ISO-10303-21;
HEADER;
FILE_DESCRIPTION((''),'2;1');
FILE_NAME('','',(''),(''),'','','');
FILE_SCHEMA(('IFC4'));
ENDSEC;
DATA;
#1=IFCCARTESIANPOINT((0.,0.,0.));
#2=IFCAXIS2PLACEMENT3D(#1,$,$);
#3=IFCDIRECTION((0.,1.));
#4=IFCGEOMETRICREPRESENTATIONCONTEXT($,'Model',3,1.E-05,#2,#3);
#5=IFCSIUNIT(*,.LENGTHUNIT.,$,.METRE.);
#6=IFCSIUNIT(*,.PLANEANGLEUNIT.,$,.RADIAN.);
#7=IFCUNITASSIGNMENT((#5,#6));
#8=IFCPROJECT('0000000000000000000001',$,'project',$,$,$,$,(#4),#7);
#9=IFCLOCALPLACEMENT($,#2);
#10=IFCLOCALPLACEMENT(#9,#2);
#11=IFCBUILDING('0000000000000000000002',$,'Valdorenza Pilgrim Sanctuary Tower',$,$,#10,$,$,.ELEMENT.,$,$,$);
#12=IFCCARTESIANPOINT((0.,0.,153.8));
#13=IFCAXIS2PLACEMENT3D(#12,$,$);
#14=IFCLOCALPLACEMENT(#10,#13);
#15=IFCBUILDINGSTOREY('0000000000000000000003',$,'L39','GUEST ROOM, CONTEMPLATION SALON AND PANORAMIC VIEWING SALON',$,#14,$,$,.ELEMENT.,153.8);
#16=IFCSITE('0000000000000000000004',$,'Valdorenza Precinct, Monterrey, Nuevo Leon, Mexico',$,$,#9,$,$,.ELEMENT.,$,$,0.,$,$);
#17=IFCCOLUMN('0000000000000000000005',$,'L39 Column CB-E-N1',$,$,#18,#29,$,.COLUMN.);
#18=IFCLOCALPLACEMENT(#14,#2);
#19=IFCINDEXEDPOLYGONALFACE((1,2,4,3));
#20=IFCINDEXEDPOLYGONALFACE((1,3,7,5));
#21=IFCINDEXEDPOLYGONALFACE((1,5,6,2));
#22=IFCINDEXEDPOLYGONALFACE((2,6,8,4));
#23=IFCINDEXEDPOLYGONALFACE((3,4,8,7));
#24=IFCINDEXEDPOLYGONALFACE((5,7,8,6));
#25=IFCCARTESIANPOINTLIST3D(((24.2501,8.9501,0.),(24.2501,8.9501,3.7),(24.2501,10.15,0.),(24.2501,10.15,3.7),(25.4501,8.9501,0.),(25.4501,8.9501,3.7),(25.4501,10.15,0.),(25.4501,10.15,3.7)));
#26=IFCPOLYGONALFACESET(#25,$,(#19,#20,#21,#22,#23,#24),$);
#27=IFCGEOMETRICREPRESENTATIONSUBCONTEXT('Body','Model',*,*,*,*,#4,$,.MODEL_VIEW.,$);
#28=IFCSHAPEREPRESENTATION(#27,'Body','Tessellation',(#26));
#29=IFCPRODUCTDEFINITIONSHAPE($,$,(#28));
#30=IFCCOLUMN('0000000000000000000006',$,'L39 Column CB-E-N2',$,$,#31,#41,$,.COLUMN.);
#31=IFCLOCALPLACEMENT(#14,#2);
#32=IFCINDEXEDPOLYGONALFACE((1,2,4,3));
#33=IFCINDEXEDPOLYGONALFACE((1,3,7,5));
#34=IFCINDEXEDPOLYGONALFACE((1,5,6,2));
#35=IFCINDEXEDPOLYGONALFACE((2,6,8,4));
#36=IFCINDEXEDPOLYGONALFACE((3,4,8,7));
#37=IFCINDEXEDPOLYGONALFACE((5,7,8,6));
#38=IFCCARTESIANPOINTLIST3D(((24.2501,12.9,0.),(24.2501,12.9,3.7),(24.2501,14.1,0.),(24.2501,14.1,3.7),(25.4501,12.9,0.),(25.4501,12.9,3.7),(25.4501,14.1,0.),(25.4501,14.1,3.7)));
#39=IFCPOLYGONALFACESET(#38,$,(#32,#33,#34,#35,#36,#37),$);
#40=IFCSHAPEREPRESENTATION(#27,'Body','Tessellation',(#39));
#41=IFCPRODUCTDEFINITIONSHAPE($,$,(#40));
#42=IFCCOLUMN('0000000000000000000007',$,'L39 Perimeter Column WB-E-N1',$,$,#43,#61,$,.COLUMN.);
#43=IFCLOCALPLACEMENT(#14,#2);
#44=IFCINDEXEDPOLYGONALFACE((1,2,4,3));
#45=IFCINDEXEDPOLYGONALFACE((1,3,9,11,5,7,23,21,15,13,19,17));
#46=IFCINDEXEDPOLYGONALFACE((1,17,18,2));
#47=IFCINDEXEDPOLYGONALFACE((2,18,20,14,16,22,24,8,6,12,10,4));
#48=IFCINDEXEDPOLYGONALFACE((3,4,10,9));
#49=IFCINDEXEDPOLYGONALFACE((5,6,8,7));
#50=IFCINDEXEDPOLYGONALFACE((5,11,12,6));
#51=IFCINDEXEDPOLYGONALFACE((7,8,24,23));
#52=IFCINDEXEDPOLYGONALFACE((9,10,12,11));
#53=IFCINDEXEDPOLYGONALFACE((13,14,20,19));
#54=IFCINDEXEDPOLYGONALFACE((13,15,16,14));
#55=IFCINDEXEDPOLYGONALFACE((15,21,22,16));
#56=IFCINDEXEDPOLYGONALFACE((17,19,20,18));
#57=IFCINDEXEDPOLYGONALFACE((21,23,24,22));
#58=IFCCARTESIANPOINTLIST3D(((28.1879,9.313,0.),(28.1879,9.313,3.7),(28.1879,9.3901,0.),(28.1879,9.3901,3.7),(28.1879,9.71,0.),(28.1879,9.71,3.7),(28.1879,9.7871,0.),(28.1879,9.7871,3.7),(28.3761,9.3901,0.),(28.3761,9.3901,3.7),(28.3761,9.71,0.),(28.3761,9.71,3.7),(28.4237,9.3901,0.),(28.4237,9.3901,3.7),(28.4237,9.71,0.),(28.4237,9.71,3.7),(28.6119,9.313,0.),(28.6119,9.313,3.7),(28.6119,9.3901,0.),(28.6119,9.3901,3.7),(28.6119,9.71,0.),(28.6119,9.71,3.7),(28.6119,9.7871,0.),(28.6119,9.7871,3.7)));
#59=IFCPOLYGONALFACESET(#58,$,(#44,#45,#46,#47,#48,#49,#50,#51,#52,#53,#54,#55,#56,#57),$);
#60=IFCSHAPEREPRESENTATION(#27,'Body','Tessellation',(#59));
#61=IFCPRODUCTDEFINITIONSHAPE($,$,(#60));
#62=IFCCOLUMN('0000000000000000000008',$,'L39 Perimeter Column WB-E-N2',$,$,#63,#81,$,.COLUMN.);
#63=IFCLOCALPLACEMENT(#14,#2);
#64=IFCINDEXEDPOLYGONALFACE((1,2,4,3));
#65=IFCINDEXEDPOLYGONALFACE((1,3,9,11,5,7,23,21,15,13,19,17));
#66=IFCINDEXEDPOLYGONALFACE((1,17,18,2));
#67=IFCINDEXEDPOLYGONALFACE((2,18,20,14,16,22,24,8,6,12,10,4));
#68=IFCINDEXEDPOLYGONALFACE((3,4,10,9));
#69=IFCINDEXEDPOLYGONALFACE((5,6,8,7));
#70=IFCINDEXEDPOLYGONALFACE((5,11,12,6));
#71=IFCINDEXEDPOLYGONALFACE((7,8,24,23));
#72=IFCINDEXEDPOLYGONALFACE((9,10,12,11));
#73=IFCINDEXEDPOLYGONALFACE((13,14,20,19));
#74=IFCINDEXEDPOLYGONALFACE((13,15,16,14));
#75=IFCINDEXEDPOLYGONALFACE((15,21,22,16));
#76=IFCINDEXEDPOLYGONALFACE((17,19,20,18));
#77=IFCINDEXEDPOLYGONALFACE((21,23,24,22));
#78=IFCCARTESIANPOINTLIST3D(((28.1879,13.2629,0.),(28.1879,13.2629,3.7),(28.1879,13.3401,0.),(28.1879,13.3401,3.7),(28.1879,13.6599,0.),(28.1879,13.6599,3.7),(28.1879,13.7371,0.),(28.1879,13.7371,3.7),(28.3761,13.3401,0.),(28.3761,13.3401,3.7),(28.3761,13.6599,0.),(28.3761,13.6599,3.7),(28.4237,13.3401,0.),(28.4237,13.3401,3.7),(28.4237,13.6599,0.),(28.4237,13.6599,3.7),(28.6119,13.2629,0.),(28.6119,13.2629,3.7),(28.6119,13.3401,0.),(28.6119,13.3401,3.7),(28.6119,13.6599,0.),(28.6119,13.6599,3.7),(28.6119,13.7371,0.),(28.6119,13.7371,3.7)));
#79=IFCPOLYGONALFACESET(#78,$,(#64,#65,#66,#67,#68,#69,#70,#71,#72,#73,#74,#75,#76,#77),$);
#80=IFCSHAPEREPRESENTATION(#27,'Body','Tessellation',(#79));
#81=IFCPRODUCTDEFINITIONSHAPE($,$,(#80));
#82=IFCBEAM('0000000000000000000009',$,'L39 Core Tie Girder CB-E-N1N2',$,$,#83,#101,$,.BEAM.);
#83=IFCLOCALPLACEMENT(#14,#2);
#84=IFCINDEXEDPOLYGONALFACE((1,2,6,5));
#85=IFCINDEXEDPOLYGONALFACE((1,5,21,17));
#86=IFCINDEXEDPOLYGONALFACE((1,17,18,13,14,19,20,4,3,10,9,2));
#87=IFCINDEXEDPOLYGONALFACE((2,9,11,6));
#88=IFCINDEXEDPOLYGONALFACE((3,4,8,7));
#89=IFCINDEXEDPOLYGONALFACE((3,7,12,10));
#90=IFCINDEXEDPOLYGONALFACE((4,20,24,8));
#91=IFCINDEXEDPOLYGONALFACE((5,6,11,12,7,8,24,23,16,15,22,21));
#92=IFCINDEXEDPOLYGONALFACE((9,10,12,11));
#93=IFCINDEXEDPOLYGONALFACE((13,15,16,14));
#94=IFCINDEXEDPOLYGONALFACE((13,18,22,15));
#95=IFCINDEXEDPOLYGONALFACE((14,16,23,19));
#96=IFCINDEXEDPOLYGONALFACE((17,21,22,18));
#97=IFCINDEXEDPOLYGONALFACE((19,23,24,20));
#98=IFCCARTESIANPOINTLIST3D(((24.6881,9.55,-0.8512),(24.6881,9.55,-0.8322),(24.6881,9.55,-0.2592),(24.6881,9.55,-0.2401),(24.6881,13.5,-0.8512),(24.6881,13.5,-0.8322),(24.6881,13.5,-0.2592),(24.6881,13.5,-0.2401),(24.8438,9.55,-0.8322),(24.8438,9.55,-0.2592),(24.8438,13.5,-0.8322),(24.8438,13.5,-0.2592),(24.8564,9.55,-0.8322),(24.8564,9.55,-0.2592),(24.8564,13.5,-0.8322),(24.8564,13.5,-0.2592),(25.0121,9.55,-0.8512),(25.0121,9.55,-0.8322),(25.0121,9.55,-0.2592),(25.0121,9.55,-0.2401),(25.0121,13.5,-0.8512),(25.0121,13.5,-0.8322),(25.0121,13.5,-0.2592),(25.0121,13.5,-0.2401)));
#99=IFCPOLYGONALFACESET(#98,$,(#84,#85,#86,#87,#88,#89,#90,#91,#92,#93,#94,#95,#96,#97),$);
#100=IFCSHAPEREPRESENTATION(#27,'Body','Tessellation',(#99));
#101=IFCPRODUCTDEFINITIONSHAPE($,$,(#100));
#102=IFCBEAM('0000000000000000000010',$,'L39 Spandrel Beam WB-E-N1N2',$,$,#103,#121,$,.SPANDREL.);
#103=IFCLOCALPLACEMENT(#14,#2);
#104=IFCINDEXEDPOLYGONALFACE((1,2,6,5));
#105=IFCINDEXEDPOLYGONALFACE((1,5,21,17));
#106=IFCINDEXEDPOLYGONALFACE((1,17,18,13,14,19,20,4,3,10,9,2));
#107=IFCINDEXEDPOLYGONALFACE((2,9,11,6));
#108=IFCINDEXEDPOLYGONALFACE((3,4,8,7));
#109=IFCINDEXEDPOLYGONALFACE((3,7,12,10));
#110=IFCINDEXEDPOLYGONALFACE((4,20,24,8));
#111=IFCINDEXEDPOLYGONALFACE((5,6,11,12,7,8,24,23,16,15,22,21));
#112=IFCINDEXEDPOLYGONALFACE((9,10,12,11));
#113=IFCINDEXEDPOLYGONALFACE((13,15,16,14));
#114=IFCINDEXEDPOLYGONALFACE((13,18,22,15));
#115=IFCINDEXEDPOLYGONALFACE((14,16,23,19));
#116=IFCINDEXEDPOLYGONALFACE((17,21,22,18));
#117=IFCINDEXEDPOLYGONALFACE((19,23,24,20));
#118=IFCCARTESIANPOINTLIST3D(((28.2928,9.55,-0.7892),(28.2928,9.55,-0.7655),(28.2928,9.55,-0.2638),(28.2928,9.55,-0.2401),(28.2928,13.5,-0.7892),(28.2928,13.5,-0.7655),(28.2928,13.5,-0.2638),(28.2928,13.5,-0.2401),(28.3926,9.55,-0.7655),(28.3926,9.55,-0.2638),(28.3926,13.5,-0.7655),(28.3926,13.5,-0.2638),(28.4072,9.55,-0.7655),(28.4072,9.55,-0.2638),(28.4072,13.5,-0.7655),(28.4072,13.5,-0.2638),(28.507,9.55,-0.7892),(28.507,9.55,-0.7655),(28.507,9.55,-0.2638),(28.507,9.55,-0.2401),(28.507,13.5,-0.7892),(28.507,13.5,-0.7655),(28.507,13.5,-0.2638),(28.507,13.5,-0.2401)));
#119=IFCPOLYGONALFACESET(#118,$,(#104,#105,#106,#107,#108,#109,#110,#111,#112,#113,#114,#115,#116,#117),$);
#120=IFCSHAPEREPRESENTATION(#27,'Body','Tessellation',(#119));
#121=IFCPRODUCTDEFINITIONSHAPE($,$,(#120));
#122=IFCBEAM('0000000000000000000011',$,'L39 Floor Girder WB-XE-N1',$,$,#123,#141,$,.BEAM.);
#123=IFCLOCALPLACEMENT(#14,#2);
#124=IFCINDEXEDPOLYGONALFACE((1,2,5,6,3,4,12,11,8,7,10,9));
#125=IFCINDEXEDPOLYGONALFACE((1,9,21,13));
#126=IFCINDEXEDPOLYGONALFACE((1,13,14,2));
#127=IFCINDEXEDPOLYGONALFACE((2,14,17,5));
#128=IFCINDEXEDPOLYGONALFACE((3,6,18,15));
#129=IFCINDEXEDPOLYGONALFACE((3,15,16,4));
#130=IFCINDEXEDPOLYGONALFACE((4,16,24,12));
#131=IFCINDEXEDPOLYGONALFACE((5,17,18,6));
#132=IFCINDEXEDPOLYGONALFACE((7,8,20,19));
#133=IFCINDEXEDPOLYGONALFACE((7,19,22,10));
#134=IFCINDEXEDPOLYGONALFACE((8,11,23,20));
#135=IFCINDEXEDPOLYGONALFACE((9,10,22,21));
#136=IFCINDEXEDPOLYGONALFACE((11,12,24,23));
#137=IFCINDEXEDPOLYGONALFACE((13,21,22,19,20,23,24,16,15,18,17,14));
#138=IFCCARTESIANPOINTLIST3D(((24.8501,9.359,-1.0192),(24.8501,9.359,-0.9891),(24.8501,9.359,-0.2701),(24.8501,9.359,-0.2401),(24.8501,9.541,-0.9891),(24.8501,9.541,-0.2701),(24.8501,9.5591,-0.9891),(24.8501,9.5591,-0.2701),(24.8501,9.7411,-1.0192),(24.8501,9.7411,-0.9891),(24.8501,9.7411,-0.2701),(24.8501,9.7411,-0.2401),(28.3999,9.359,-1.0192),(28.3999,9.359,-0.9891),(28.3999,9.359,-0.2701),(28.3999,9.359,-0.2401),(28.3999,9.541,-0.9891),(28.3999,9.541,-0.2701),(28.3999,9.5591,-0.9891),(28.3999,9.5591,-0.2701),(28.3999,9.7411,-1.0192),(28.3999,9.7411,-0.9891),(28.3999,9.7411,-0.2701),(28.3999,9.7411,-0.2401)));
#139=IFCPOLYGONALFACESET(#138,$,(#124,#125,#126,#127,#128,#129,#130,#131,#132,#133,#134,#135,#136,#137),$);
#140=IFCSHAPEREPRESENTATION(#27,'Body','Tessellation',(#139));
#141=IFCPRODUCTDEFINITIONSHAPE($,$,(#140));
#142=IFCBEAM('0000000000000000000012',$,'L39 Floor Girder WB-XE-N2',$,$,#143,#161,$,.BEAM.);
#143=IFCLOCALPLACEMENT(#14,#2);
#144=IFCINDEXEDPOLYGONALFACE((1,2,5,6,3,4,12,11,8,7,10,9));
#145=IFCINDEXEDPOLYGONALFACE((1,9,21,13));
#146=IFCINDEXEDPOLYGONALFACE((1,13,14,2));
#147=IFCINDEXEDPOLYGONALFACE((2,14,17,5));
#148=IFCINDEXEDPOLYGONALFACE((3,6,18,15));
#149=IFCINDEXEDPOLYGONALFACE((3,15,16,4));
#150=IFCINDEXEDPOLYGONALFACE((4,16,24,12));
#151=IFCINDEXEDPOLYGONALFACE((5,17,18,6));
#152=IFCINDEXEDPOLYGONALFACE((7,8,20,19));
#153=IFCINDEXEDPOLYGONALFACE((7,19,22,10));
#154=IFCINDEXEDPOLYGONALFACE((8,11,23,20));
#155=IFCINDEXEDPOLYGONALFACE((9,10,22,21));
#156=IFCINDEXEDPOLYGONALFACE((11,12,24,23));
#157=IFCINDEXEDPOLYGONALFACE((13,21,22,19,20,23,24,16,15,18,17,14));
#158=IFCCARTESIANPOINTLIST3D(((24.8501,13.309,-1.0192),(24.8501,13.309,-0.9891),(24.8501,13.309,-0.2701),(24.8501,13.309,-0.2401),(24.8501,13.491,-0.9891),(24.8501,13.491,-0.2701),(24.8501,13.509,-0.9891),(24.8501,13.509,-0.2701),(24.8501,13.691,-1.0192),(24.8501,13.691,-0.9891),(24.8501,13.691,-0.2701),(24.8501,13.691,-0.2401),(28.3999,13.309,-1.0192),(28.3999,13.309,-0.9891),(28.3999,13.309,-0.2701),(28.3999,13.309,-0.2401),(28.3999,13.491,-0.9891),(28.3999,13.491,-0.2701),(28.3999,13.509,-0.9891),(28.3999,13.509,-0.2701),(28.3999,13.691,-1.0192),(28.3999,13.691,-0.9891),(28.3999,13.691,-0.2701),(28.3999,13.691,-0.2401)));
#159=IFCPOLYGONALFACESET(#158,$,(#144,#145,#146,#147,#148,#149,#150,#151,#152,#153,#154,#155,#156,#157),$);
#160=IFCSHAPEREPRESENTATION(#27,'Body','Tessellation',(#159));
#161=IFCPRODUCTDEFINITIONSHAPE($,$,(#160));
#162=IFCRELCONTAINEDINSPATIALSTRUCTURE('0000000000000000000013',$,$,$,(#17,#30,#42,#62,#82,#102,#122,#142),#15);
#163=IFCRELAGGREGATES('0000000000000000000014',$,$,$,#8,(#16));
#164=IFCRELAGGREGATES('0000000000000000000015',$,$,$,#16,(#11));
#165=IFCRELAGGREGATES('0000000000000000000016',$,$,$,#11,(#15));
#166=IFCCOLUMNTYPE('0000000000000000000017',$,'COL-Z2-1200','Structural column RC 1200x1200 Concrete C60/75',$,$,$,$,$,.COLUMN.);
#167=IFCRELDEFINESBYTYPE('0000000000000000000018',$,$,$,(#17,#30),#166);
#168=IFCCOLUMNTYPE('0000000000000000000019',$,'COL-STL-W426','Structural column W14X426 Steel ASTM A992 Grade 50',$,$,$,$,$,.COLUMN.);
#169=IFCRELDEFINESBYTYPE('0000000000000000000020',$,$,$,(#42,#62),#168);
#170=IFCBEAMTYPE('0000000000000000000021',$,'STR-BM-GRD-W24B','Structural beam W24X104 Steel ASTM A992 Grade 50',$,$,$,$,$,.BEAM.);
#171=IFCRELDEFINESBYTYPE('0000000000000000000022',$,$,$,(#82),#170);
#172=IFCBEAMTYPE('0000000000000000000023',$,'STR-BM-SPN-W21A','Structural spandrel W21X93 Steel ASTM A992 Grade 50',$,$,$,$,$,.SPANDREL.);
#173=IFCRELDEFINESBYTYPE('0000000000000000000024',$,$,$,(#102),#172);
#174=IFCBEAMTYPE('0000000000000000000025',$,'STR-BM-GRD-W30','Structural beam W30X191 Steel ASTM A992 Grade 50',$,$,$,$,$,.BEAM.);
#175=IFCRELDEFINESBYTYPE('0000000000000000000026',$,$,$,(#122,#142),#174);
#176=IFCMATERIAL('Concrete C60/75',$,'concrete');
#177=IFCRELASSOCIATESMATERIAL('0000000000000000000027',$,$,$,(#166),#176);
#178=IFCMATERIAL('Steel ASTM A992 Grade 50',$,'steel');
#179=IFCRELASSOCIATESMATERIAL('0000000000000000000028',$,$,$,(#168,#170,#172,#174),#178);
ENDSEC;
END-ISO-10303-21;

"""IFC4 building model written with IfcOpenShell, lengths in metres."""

from ifc_helpers import new_model, si_unit, direction, frame, origin, origin_2d, place, context, subcontext, project, spatial, rectangle, i_section, extrude, source, transform, mapped, material, material_profile, profile_set, type_object, element, save


model = new_model("IFC4")

# Units and contexts
model_context = context("Model", 3, precision=1e-05, world=origin(), true_north=direction((0.0, 1.0)))
body_context = subcontext(model_context, "Body", "Model", "MODEL_VIEW")
ifc_project = project(units=[si_unit("LENGTHUNIT", "METRE"), si_unit("PLANEANGLEUNIT", "RADIAN")], contexts=[model_context])

# Site, building, storey
site_placement = place(None, origin())
site = spatial("IfcSite", under=ifc_project, at=site_placement, Name="Valdorenza Precinct, Monterrey, Nuevo Leon, Mexico", CompositionType="ELEMENT", RefElevation=0.0)
building_placement = place(site_placement, origin())
building = spatial("IfcBuilding", under=site, at=building_placement, Name="Valdorenza Pilgrim Sanctuary Tower", CompositionType="ELEMENT")
storey_placement = place(building_placement, frame((0.0, 0.0, 153.8)))
storey = spatial("IfcBuildingStorey", under=building, at=storey_placement, Name="L39", Description="GUEST ROOM, CONTEMPLATION SALON AND PANORAMIC VIEWING SALON", CompositionType="ELEMENT", Elevation=153.8)

# Columns
ifc_material_1 = material(Name="Concrete C60/75", Category="concrete")
ifc_material_profile_1 = material_profile(ifc_material_1, rectangle(XDim=1.2, YDim=1.2, at=origin_2d()), Name="RC 1200x1200")
ifc_profile_set_1 = profile_set([ifc_material_profile_1], Name="Concrete C60/75")
column_type_1 = type_object("IfcColumnType", Name="COL-Z2-1200", Description="Structural column RC 1200x1200 Concrete C60/75", PredefinedType="COLUMN", material=ifc_profile_set_1)
shared_shape_1 = source(origin(), body_context, "Body", "SweptSolid", [
    extrude(rectangle(XDim=1.2, YDim=1.2, at=origin_2d()), origin(), (0.0, 0.0, 1.0), 3.7),
])
for number, where, z_axis, x_axis, name in (
    (1, (24.8501, 9.55, 0.0), (0.0, 0.0, 1.0), (1.0, 0.0, 0.0), "L39 Column CB-E-N1"),
    (2, (24.8501, 13.5, 0.0), (0.0, 0.0, 1.0), (1.0, 0.0, 0.0), "L39 Column CB-E-N2"),
):
    element("IfcColumn", number, at=place(storey_placement, frame(where, z_axis=z_axis, x_axis=x_axis)), inside=storey, type_object=column_type_1, Name=name, PredefinedType="COLUMN", context=body_context, shape_type="MappedRepresentation", body=[
        mapped(shared_shape_1, transform((0.0, 0.0, 0.0), x_axis=(1.0, 0.0, 0.0), y_axis=(0.0, 1.0, 0.0), z_axis=(0.0, 0.0, 1.0), scale=1.0)),
    ])
ifc_material_2 = material(Name="Steel ASTM A992 Grade 50", Category="steel")
ifc_material_profile_2 = material_profile(ifc_material_2, i_section(OverallWidth=0.4241, OverallDepth=0.4741, WebThickness=0.0476, FlangeThickness=0.0771, at=origin_2d()), Name="W14X426")
ifc_profile_set_2 = profile_set([ifc_material_profile_2], Name="Steel ASTM A992 Grade 50")
column_type_2 = type_object("IfcColumnType", Name="COL-STL-W426", Description="Structural column W14X426 Steel ASTM A992 Grade 50", PredefinedType="COLUMN", material=ifc_profile_set_2)
shared_shape_2 = source(origin(), body_context, "Body", "SweptSolid", [
    extrude(i_section(OverallWidth=0.4241, OverallDepth=0.4741, WebThickness=0.0476, FlangeThickness=0.0771, at=origin_2d()), origin(), (0.0, 0.0, 1.0), 3.7),
])
for number, where, z_axis, x_axis, name in (
    (3, (28.3999, 9.55, 0.0), (0.0, 0.0, 1.0), (1.0, 0.0, 0.0), "L39 Perimeter Column WB-E-N1"),
    (4, (28.3999, 13.5, 0.0), (0.0, 0.0, 1.0), (1.0, 0.0, 0.0), "L39 Perimeter Column WB-E-N2"),
):
    element("IfcColumn", number, at=place(storey_placement, frame(where, z_axis=z_axis, x_axis=x_axis)), inside=storey, type_object=column_type_2, Name=name, PredefinedType="COLUMN", context=body_context, shape_type="MappedRepresentation", body=[
        mapped(shared_shape_2, transform((0.0, 0.0, 0.0), x_axis=(1.0, 0.0, 0.0), y_axis=(0.0, 1.0, 0.0), z_axis=(0.0, 0.0, 1.0), scale=1.0)),
    ])

# Beams
ifc_material_profile_3 = material_profile(ifc_material_2, i_section(OverallWidth=0.324, OverallDepth=0.6111, WebThickness=0.0127, FlangeThickness=0.019, at=origin_2d()), Name="W24X104")
ifc_profile_set_3 = profile_set([ifc_material_profile_3], Name="Steel ASTM A992 Grade 50")
beam_type_1 = type_object("IfcBeamType", Name="STR-BM-GRD-W24B", Description="Structural beam W24X104 Steel ASTM A992 Grade 50", PredefinedType="BEAM", material=ifc_profile_set_3)
shared_shape_3 = source(origin(), body_context, "Body", "SweptSolid", [
    extrude(i_section(OverallWidth=0.324, OverallDepth=0.6111, WebThickness=0.0127, FlangeThickness=0.019, at=origin_2d()), origin(), (0.0, 0.0, 1.0), 3.95),
])
beam_1_placement = place(storey_placement, frame((24.8501, 9.55, -0.5457), z_axis=(0.0, 1.0, 0.0), x_axis=(-1.0, 0.0, 0.0)))
element("IfcBeam", 5, at=beam_1_placement, inside=storey, type_object=beam_type_1, Name="L39 Core Tie Girder CB-E-N1N2", PredefinedType="BEAM", context=body_context, shape_type="MappedRepresentation", body=[
    mapped(shared_shape_3, transform((0.0, 0.0, 0.0), x_axis=(1.0, 0.0, 0.0), y_axis=(0.0, 1.0, 0.0), z_axis=(0.0, 0.0, 1.0), scale=1.0)),
])
ifc_material_profile_4 = material_profile(ifc_material_2, i_section(OverallWidth=0.2141, OverallDepth=0.5491, WebThickness=0.0146, FlangeThickness=0.0237, at=origin_2d()), Name="W21X93")
ifc_profile_set_4 = profile_set([ifc_material_profile_4], Name="Steel ASTM A992 Grade 50")
beam_type_2 = type_object("IfcBeamType", Name="STR-BM-SPN-W21A", Description="Structural spandrel W21X93 Steel ASTM A992 Grade 50", PredefinedType="SPANDREL", material=ifc_profile_set_4)
shared_shape_4 = source(origin(), body_context, "Body", "SweptSolid", [
    extrude(i_section(OverallWidth=0.2141, OverallDepth=0.5491, WebThickness=0.0146, FlangeThickness=0.0237, at=origin_2d()), origin(), (0.0, 0.0, 1.0), 3.95),
])
beam_2_placement = place(storey_placement, frame((28.3999, 9.55, -0.5146), z_axis=(0.0, 1.0, 0.0), x_axis=(-1.0, 0.0, 0.0)))
element("IfcBeam", 6, at=beam_2_placement, inside=storey, type_object=beam_type_2, Name="L39 Spandrel Beam WB-E-N1N2", PredefinedType="SPANDREL", context=body_context, shape_type="MappedRepresentation", body=[
    mapped(shared_shape_4, transform((0.0, 0.0, 0.0), x_axis=(1.0, 0.0, 0.0), y_axis=(0.0, 1.0, 0.0), z_axis=(0.0, 0.0, 1.0), scale=1.0)),
])
ifc_material_profile_5 = material_profile(ifc_material_2, i_section(OverallWidth=0.3821, OverallDepth=0.7791, WebThickness=0.0181, FlangeThickness=0.03, at=origin_2d()), Name="W30X191")
ifc_profile_set_5 = profile_set([ifc_material_profile_5], Name="Steel ASTM A992 Grade 50")
beam_type_3 = type_object("IfcBeamType", Name="STR-BM-GRD-W30", Description="Structural beam W30X191 Steel ASTM A992 Grade 50", PredefinedType="BEAM", material=ifc_profile_set_5)
shared_shape_5 = source(origin(), body_context, "Body", "SweptSolid", [
    extrude(i_section(OverallWidth=0.3821, OverallDepth=0.7791, WebThickness=0.0181, FlangeThickness=0.03, at=origin_2d()), origin(), (0.0, 0.0, 1.0), 3.5498),
])
for number, where, z_axis, x_axis, name in (
    (7, (24.8501, 9.55, -0.6296), (1.0, 0.0, 0.0), (0.0, 1.0, 0.0), "L39 Floor Girder WB-XE-N1"),
    (8, (24.8501, 13.5, -0.6296), (1.0, 0.0, 0.0), (0.0, 1.0, 0.0), "L39 Floor Girder WB-XE-N2"),
):
    element("IfcBeam", number, at=place(storey_placement, frame(where, z_axis=z_axis, x_axis=x_axis)), inside=storey, type_object=beam_type_3, Name=name, PredefinedType="BEAM", context=body_context, shape_type="MappedRepresentation", body=[
        mapped(shared_shape_5, transform((0.0, 0.0, 0.0), x_axis=(1.0, 0.0, 0.0), y_axis=(0.0, 1.0, 0.0), z_axis=(0.0, 0.0, 1.0), scale=1.0)),
    ])

save(model, "model.ifc")
